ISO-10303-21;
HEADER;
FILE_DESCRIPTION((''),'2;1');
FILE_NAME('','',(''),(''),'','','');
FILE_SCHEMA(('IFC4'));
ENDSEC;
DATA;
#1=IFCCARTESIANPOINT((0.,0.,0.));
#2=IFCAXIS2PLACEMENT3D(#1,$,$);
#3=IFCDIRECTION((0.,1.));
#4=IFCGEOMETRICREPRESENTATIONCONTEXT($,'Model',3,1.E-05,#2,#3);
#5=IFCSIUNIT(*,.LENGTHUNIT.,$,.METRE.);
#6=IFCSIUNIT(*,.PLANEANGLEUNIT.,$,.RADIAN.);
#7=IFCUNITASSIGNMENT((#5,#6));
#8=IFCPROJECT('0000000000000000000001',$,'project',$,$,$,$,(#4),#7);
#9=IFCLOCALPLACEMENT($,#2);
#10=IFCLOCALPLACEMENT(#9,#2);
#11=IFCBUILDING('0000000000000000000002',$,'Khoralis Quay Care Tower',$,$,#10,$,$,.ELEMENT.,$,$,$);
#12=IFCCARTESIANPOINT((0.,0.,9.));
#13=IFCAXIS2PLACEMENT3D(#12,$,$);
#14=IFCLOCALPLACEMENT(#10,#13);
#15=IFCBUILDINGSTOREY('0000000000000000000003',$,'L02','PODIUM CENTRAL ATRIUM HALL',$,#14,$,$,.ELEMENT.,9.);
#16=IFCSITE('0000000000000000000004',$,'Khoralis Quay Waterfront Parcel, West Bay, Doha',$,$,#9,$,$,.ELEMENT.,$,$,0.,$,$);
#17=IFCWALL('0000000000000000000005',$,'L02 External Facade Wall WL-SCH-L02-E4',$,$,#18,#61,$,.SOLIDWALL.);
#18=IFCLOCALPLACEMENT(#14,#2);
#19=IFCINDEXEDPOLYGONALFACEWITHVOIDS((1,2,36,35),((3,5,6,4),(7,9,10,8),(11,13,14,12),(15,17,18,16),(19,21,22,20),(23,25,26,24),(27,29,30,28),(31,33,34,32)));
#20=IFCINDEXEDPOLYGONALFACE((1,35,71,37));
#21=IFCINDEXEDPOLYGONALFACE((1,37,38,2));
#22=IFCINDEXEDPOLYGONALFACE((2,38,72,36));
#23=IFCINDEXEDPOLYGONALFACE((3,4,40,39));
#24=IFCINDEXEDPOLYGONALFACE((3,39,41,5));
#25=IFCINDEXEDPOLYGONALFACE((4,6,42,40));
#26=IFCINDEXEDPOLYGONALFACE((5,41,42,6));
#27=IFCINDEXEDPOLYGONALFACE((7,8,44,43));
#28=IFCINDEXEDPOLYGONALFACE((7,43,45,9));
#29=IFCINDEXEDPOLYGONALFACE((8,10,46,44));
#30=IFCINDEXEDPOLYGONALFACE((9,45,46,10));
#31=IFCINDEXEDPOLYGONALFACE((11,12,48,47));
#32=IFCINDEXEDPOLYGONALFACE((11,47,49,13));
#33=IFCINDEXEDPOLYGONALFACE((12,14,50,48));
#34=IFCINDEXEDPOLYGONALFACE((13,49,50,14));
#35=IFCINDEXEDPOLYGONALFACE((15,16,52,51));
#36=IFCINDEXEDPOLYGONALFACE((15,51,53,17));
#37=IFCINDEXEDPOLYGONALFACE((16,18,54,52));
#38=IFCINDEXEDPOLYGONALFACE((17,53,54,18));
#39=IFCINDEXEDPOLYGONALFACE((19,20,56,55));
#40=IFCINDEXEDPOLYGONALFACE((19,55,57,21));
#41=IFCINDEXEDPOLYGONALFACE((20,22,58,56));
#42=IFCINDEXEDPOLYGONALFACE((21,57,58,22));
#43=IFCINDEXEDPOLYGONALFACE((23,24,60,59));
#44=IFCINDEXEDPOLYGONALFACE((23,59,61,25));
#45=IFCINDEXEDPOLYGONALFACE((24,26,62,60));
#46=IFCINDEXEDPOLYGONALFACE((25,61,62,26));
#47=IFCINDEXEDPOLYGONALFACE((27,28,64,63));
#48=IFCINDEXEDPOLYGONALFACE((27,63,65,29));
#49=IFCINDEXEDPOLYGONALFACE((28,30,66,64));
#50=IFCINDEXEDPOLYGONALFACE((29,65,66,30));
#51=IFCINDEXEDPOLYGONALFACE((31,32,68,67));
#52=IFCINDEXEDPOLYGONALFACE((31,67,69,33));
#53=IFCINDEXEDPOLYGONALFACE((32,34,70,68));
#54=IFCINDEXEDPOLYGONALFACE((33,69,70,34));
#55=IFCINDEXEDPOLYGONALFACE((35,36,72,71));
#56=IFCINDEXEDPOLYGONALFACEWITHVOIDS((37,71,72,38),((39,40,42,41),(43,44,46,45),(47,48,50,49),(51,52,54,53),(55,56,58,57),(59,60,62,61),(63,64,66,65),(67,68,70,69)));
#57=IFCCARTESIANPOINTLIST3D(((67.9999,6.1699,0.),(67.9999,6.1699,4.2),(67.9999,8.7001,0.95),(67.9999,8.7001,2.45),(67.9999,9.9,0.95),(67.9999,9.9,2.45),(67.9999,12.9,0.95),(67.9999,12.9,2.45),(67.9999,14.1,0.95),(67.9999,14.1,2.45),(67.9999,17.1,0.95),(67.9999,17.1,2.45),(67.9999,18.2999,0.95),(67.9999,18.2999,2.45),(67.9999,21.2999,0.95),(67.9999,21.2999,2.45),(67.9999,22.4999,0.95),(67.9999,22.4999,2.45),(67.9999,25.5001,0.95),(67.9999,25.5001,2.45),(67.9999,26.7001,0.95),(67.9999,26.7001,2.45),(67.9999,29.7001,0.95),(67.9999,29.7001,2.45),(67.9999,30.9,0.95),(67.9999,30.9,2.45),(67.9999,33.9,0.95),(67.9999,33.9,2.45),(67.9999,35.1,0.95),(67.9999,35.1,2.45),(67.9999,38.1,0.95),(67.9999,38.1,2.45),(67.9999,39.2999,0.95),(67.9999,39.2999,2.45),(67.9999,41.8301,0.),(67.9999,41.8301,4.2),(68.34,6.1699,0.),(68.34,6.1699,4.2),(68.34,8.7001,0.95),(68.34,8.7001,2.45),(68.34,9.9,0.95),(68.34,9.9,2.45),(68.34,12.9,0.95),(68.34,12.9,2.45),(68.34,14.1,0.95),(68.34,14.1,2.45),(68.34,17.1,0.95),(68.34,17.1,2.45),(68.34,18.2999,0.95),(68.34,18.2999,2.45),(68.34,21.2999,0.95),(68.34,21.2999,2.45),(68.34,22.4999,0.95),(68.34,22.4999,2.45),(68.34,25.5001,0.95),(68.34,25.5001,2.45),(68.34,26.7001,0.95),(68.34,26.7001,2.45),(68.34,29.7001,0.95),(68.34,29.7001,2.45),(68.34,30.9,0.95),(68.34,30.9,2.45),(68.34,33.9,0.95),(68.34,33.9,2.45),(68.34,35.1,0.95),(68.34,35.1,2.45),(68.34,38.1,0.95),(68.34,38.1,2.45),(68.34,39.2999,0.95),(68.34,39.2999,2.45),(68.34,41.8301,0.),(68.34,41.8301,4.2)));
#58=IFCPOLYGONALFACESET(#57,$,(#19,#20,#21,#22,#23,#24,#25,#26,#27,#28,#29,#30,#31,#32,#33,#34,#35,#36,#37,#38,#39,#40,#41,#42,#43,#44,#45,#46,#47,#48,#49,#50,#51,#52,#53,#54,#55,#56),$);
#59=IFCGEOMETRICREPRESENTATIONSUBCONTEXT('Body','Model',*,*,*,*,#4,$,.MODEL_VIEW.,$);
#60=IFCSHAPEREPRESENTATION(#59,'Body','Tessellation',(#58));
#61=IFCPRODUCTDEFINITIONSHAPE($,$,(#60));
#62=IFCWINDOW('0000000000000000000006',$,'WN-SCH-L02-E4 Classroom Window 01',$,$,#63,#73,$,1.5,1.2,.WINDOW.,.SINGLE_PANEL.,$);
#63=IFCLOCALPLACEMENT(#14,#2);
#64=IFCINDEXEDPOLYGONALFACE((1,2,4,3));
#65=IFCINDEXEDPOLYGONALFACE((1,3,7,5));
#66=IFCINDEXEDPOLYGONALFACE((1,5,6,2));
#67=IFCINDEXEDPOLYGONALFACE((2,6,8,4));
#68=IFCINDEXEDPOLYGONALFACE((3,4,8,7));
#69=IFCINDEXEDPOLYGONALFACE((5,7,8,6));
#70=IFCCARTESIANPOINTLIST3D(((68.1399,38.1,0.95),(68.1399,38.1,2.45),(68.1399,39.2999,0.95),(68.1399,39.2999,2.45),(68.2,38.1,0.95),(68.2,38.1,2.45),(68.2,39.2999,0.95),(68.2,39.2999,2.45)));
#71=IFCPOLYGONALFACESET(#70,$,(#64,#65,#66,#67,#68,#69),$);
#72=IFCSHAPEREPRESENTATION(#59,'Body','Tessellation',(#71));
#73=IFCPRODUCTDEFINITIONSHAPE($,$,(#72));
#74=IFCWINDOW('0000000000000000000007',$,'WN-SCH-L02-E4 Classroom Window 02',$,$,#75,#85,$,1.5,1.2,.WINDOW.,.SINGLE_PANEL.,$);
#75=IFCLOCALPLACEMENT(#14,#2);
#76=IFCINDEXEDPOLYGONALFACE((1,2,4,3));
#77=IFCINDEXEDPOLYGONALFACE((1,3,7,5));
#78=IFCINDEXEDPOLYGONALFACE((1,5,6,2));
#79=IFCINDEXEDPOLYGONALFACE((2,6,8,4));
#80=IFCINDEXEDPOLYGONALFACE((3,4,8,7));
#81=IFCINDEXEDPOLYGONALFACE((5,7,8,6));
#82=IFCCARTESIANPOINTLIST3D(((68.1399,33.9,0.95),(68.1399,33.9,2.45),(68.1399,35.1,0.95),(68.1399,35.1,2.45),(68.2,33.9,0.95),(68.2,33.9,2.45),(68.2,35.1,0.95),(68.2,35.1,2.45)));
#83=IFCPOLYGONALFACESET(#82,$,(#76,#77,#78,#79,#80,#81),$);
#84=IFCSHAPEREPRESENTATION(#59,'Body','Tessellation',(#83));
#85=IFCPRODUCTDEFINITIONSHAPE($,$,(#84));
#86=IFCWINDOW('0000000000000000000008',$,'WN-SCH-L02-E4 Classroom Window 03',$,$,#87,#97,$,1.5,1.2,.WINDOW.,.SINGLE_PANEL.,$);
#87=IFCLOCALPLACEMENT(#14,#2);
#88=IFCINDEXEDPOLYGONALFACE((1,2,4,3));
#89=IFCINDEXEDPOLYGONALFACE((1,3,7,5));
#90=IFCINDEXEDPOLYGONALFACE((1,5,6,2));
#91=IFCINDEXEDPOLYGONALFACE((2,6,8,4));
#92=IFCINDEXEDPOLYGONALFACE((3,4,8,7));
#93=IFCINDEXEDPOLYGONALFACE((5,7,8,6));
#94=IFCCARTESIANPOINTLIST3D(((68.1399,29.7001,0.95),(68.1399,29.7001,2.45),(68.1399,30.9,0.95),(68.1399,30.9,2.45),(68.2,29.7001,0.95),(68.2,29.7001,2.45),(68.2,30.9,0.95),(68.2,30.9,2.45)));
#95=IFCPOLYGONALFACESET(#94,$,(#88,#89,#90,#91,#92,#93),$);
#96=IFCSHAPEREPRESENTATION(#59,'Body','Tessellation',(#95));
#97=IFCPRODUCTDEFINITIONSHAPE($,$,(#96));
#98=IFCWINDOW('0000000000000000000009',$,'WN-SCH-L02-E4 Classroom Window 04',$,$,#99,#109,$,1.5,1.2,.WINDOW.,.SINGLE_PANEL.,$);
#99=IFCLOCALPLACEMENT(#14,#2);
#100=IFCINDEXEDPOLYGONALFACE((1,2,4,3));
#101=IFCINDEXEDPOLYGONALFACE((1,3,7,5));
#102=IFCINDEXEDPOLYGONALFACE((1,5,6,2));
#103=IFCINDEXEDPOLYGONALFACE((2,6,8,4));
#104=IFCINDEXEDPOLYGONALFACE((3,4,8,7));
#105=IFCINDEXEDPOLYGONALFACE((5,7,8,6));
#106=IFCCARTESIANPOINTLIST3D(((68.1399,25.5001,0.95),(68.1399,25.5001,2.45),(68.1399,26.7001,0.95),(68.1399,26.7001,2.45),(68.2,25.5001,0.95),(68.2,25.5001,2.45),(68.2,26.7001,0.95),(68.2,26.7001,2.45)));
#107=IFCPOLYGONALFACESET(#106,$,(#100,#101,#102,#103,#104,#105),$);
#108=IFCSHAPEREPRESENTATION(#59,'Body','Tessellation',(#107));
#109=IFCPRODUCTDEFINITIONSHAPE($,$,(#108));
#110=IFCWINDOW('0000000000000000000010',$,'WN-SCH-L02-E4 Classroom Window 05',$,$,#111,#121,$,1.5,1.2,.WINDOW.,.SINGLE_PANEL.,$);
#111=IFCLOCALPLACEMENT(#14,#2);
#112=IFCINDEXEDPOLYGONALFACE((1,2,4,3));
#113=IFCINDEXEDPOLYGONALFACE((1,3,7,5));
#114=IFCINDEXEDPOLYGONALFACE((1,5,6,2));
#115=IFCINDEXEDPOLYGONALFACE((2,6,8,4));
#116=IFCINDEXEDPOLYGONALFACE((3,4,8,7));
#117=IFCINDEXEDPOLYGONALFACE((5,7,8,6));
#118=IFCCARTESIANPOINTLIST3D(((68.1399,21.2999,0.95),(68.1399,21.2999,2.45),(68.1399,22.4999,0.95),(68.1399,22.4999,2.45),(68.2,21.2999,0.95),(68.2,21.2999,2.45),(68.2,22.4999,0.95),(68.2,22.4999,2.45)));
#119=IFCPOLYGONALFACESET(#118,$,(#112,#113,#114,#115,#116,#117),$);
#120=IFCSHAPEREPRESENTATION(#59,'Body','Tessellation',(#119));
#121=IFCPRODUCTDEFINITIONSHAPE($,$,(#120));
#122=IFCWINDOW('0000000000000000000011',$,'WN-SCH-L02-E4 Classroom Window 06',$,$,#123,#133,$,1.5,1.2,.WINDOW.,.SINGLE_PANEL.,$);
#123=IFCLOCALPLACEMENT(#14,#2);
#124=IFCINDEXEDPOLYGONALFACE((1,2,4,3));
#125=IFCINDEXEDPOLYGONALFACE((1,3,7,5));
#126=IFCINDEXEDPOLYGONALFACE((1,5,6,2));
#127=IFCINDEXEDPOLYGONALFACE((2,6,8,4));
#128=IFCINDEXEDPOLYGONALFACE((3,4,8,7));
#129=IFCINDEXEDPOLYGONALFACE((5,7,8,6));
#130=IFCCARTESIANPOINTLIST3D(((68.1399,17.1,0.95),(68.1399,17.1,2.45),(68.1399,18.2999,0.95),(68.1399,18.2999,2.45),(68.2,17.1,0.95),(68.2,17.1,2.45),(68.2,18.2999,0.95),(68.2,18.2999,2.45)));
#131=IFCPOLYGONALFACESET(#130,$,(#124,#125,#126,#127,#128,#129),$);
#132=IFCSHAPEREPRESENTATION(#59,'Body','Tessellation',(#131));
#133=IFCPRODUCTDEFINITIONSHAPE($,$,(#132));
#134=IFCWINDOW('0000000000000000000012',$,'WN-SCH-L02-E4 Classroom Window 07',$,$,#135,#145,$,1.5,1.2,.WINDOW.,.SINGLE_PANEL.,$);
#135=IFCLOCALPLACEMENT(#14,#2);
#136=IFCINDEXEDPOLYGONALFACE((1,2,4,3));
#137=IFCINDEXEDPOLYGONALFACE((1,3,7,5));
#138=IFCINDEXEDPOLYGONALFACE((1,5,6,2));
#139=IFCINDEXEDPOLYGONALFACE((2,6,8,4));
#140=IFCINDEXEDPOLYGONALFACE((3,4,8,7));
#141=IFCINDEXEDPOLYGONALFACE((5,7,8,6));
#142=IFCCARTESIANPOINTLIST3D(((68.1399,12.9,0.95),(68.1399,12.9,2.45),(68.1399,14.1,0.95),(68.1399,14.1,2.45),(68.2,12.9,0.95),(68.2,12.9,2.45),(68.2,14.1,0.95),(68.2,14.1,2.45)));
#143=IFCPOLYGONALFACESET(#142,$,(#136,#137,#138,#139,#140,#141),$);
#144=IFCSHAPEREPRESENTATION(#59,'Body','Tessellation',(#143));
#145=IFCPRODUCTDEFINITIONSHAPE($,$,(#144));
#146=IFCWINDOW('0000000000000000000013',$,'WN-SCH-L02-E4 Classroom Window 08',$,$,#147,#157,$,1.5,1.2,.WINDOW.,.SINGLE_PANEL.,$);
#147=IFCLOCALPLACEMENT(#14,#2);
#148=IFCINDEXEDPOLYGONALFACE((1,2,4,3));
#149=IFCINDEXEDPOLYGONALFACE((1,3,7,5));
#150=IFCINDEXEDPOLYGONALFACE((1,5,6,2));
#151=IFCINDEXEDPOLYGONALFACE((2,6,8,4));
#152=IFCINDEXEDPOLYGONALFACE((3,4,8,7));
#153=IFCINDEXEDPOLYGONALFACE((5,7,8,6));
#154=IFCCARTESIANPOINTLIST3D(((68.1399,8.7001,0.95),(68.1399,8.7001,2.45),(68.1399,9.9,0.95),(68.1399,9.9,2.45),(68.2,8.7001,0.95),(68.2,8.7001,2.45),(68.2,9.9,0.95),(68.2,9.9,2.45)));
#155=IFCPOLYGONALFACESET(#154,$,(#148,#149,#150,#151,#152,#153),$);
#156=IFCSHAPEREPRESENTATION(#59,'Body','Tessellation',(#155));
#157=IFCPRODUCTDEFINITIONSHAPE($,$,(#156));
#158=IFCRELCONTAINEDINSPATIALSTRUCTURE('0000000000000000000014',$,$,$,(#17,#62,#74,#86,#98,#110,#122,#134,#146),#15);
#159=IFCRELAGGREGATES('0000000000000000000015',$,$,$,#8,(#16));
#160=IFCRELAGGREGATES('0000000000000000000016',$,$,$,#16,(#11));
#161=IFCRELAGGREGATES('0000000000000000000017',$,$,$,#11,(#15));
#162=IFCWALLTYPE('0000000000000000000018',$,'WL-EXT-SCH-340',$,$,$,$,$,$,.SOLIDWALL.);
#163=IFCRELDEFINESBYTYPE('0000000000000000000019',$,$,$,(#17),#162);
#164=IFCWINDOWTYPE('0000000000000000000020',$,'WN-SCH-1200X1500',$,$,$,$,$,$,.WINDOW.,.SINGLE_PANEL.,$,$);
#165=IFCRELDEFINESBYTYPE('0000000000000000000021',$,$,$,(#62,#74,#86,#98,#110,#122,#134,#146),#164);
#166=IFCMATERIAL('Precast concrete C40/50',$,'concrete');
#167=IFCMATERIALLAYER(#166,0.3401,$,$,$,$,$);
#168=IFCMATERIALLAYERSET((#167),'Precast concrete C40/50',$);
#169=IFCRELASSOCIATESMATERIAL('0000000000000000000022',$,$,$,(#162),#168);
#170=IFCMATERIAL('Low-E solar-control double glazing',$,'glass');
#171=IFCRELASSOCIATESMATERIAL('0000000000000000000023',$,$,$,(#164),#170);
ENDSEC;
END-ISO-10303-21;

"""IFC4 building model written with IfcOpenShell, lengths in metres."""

from ifc_helpers import new_model, si_unit, direction, frame, frame_2d, origin, place, context, subcontext, project, spatial, rectangle, extrude, source, transform, mapped, material, layer, layer_set, type_object, element, fill, save


model = new_model("IFC4")

# Units and contexts
model_context = context("Model", 3, precision=1e-05, world=origin(), true_north=direction((0.0, 1.0)))
body_context = subcontext(model_context, "Body", "Model", "MODEL_VIEW")
ifc_project = project(units=[si_unit("LENGTHUNIT", "METRE"), si_unit("PLANEANGLEUNIT", "RADIAN")], contexts=[model_context])

# Site, building, storey
site_placement = place(None, origin())
site = spatial("IfcSite", under=ifc_project, at=site_placement, Name="Khoralis Quay Waterfront Parcel, West Bay, Doha", CompositionType="ELEMENT", RefElevation=0.0)
building_placement = place(site_placement, origin())
building = spatial("IfcBuilding", under=site, at=building_placement, Name="Khoralis Quay Care Tower", CompositionType="ELEMENT")
storey_placement = place(building_placement, frame((0.0, 0.0, 9.0)))
storey = spatial("IfcBuildingStorey", under=building, at=storey_placement, Name="L02", Description="PODIUM CENTRAL ATRIUM HALL", CompositionType="ELEMENT", Elevation=9.0)

# Wall, openings, windows
ifc_material_1 = material(Name="Low-E solar-control double glazing", Category="glass")
ifc_material_2 = material(Name="Precast concrete C40/50", Category="concrete")
ifc_layer_1 = layer(ifc_material_2, 0.3401)
ifc_layer_set_1 = layer_set([ifc_layer_1], Name="Precast concrete C40/50")
wall_type_1 = type_object("IfcWallType", Name="WL-EXT-SCH-340", PredefinedType="SOLIDWALL", material=ifc_layer_set_1)
wall_1_placement = place(storey_placement, frame((68.1699, 41.8301, 0.0), z_axis=(0.0, 0.0, 1.0), x_axis=(0.0, -1.0, 0.0)))
wall_1 = element("IfcWall", 1, at=wall_1_placement, inside=storey, type_object=wall_type_1, Name="L02 External Facade Wall WL-SCH-L02-E4", PredefinedType="SOLIDWALL", context=body_context, shape_type="SweptSolid", body=[
    extrude(rectangle(XDim=35.6602, YDim=0.3401, at=frame_2d((17.8301, 0.0))), origin(), (0.0, 0.0, 1.0), 4.2),
])
opening_1_placement = place(wall_1_placement, frame((2.53, 0.0, 0.95)))
opening_1 = element("IfcOpeningElement", 2, at=opening_1_placement, cuts=wall_1, PredefinedType="OPENING", context=body_context, shape_type="SweptSolid", body=[
    extrude(rectangle(XDim=1.2, YDim=1.5, at=frame_2d((0.6001, 0.75))), frame((0.0, 0.1802, 0.0), z_axis=(0.0, -1.0, 0.0), x_axis=(1.0, 0.0, 0.0)), (0.0, 0.0, 1.0), 0.3601),
])
opening_2_placement = place(wall_1_placement, frame((6.73, 0.0, 0.95)))
opening_2 = element("IfcOpeningElement", 3, at=opening_2_placement, cuts=wall_1, PredefinedType="OPENING", context=body_context, shape_type="SweptSolid", body=[
    extrude(rectangle(XDim=1.2, YDim=1.5, at=frame_2d((0.6001, 0.75))), frame((0.0, 0.1802, 0.0), z_axis=(0.0, -1.0, 0.0), x_axis=(1.0, 0.0, 0.0)), (0.0, 0.0, 1.0), 0.3601),
])
opening_3_placement = place(wall_1_placement, frame((10.9299, 0.0, 0.95)))
opening_3 = element("IfcOpeningElement", 4, at=opening_3_placement, cuts=wall_1, PredefinedType="OPENING", context=body_context, shape_type="SweptSolid", body=[
    extrude(rectangle(XDim=1.2, YDim=1.5, at=frame_2d((0.6001, 0.75))), frame((0.0, 0.1802, 0.0), z_axis=(0.0, -1.0, 0.0), x_axis=(1.0, 0.0, 0.0)), (0.0, 0.0, 1.0), 0.3601),
])
opening_4_placement = place(wall_1_placement, frame((15.1299, 0.0, 0.95)))
opening_4 = element("IfcOpeningElement", 5, at=opening_4_placement, cuts=wall_1, PredefinedType="OPENING", context=body_context, shape_type="SweptSolid", body=[
    extrude(rectangle(XDim=1.2, YDim=1.5, at=frame_2d((0.6001, 0.75))), frame((0.0, 0.1802, 0.0), z_axis=(0.0, -1.0, 0.0), x_axis=(1.0, 0.0, 0.0)), (0.0, 0.0, 1.0), 0.3601),
])
opening_5_placement = place(wall_1_placement, frame((19.3301, 0.0, 0.95)))
opening_5 = element("IfcOpeningElement", 6, at=opening_5_placement, cuts=wall_1, PredefinedType="OPENING", context=body_context, shape_type="SweptSolid", body=[
    extrude(rectangle(XDim=1.2, YDim=1.5, at=frame_2d((0.6001, 0.75))), frame((0.0, 0.1802, 0.0), z_axis=(0.0, -1.0, 0.0), x_axis=(1.0, 0.0, 0.0)), (0.0, 0.0, 1.0), 0.3601),
])
opening_6_placement = place(wall_1_placement, frame((23.53, 0.0, 0.95)))
opening_6 = element("IfcOpeningElement", 7, at=opening_6_placement, cuts=wall_1, PredefinedType="OPENING", context=body_context, shape_type="SweptSolid", body=[
    extrude(rectangle(XDim=1.2, YDim=1.5, at=frame_2d((0.6001, 0.75))), frame((0.0, 0.1802, 0.0), z_axis=(0.0, -1.0, 0.0), x_axis=(1.0, 0.0, 0.0)), (0.0, 0.0, 1.0), 0.3601),
])
opening_7_placement = place(wall_1_placement, frame((27.73, 0.0, 0.95)))
opening_7 = element("IfcOpeningElement", 8, at=opening_7_placement, cuts=wall_1, PredefinedType="OPENING", context=body_context, shape_type="SweptSolid", body=[
    extrude(rectangle(XDim=1.2, YDim=1.5, at=frame_2d((0.6001, 0.75))), frame((0.0, 0.1802, 0.0), z_axis=(0.0, -1.0, 0.0), x_axis=(1.0, 0.0, 0.0)), (0.0, 0.0, 1.0), 0.3601),
])
opening_8_placement = place(wall_1_placement, frame((31.9299, 0.0, 0.95)))
opening_8 = element("IfcOpeningElement", 9, at=opening_8_placement, cuts=wall_1, PredefinedType="OPENING", context=body_context, shape_type="SweptSolid", body=[
    extrude(rectangle(XDim=1.2, YDim=1.5, at=frame_2d((0.6001, 0.75))), frame((0.0, 0.1802, 0.0), z_axis=(0.0, -1.0, 0.0), x_axis=(1.0, 0.0, 0.0)), (0.0, 0.0, 1.0), 0.3601),
])
window_type_1 = type_object("IfcWindowType", Name="WN-SCH-1200X1500", PartitioningType="SINGLE_PANEL", PredefinedType="WINDOW", material=ifc_material_1)
shared_shape_1 = source(origin(), body_context, "Body", "SweptSolid", [
    extrude(rectangle(XDim=1.2, YDim=1.5, at=frame_2d((0.6001, 0.75))), frame((0.0, 0.03, 0.0), z_axis=(0.0, -1.0, 0.0), x_axis=(1.0, 0.0, 0.0)), (0.0, 0.0, 1.0), 0.0601),
])
window_1_placement = place(opening_1_placement, origin())
window_1 = element("IfcWindow", 10, at=window_1_placement, inside=storey, type_object=window_type_1, Name="WN-SCH-L02-E4 Classroom Window 01", OverallHeight=1.5, OverallWidth=1.2, PartitioningType="SINGLE_PANEL", PredefinedType="WINDOW", context=body_context, shape_type="MappedRepresentation", body=[
    mapped(shared_shape_1, transform((0.0, 0.0, 0.0), scale=1.0)),
])
fill(opening_1, window_1)
window_2_placement = place(opening_2_placement, origin())
window_2 = element("IfcWindow", 11, at=window_2_placement, inside=storey, type_object=window_type_1, Name="WN-SCH-L02-E4 Classroom Window 02", OverallHeight=1.5, OverallWidth=1.2, PartitioningType="SINGLE_PANEL", PredefinedType="WINDOW", context=body_context, shape_type="MappedRepresentation", body=[
    mapped(shared_shape_1, transform((0.0, 0.0, 0.0), scale=1.0)),
])
fill(opening_2, window_2)
window_3_placement = place(opening_3_placement, origin())
window_3 = element("IfcWindow", 12, at=window_3_placement, inside=storey, type_object=window_type_1, Name="WN-SCH-L02-E4 Classroom Window 03", OverallHeight=1.5, OverallWidth=1.2, PartitioningType="SINGLE_PANEL", PredefinedType="WINDOW", context=body_context, shape_type="MappedRepresentation", body=[
    mapped(shared_shape_1, transform((0.0, 0.0, 0.0), scale=1.0)),
])
fill(opening_3, window_3)
window_4_placement = place(opening_4_placement, origin())
window_4 = element("IfcWindow", 13, at=window_4_placement, inside=storey, type_object=window_type_1, Name="WN-SCH-L02-E4 Classroom Window 04", OverallHeight=1.5, OverallWidth=1.2, PartitioningType="SINGLE_PANEL", PredefinedType="WINDOW", context=body_context, shape_type="MappedRepresentation", body=[
    mapped(shared_shape_1, transform((0.0, 0.0, 0.0), scale=1.0)),
])
fill(opening_4, window_4)
window_5_placement = place(opening_5_placement, origin())
window_5 = element("IfcWindow", 14, at=window_5_placement, inside=storey, type_object=window_type_1, Name="WN-SCH-L02-E4 Classroom Window 05", OverallHeight=1.5, OverallWidth=1.2, PartitioningType="SINGLE_PANEL", PredefinedType="WINDOW", context=body_context, shape_type="MappedRepresentation", body=[
    mapped(shared_shape_1, transform((0.0, 0.0, 0.0), scale=1.0)),
])
fill(opening_5, window_5)
window_6_placement = place(opening_6_placement, origin())
window_6 = element("IfcWindow", 15, at=window_6_placement, inside=storey, type_object=window_type_1, Name="WN-SCH-L02-E4 Classroom Window 06", OverallHeight=1.5, OverallWidth=1.2, PartitioningType="SINGLE_PANEL", PredefinedType="WINDOW", context=body_context, shape_type="MappedRepresentation", body=[
    mapped(shared_shape_1, transform((0.0, 0.0, 0.0), scale=1.0)),
])
fill(opening_6, window_6)
window_7_placement = place(opening_7_placement, origin())
window_7 = element("IfcWindow", 16, at=window_7_placement, inside=storey, type_object=window_type_1, Name="WN-SCH-L02-E4 Classroom Window 07", OverallHeight=1.5, OverallWidth=1.2, PartitioningType="SINGLE_PANEL", PredefinedType="WINDOW", context=body_context, shape_type="MappedRepresentation", body=[
    mapped(shared_shape_1, transform((0.0, 0.0, 0.0), scale=1.0)),
])
fill(opening_7, window_7)
window_8_placement = place(opening_8_placement, origin())
window_8 = element("IfcWindow", 17, at=window_8_placement, inside=storey, type_object=window_type_1, Name="WN-SCH-L02-E4 Classroom Window 08", OverallHeight=1.5, OverallWidth=1.2, PartitioningType="SINGLE_PANEL", PredefinedType="WINDOW", context=body_context, shape_type="MappedRepresentation", body=[
    mapped(shared_shape_1, transform((0.0, 0.0, 0.0), scale=1.0)),
])
fill(opening_8, window_8)

save(model, "model.ifc")
